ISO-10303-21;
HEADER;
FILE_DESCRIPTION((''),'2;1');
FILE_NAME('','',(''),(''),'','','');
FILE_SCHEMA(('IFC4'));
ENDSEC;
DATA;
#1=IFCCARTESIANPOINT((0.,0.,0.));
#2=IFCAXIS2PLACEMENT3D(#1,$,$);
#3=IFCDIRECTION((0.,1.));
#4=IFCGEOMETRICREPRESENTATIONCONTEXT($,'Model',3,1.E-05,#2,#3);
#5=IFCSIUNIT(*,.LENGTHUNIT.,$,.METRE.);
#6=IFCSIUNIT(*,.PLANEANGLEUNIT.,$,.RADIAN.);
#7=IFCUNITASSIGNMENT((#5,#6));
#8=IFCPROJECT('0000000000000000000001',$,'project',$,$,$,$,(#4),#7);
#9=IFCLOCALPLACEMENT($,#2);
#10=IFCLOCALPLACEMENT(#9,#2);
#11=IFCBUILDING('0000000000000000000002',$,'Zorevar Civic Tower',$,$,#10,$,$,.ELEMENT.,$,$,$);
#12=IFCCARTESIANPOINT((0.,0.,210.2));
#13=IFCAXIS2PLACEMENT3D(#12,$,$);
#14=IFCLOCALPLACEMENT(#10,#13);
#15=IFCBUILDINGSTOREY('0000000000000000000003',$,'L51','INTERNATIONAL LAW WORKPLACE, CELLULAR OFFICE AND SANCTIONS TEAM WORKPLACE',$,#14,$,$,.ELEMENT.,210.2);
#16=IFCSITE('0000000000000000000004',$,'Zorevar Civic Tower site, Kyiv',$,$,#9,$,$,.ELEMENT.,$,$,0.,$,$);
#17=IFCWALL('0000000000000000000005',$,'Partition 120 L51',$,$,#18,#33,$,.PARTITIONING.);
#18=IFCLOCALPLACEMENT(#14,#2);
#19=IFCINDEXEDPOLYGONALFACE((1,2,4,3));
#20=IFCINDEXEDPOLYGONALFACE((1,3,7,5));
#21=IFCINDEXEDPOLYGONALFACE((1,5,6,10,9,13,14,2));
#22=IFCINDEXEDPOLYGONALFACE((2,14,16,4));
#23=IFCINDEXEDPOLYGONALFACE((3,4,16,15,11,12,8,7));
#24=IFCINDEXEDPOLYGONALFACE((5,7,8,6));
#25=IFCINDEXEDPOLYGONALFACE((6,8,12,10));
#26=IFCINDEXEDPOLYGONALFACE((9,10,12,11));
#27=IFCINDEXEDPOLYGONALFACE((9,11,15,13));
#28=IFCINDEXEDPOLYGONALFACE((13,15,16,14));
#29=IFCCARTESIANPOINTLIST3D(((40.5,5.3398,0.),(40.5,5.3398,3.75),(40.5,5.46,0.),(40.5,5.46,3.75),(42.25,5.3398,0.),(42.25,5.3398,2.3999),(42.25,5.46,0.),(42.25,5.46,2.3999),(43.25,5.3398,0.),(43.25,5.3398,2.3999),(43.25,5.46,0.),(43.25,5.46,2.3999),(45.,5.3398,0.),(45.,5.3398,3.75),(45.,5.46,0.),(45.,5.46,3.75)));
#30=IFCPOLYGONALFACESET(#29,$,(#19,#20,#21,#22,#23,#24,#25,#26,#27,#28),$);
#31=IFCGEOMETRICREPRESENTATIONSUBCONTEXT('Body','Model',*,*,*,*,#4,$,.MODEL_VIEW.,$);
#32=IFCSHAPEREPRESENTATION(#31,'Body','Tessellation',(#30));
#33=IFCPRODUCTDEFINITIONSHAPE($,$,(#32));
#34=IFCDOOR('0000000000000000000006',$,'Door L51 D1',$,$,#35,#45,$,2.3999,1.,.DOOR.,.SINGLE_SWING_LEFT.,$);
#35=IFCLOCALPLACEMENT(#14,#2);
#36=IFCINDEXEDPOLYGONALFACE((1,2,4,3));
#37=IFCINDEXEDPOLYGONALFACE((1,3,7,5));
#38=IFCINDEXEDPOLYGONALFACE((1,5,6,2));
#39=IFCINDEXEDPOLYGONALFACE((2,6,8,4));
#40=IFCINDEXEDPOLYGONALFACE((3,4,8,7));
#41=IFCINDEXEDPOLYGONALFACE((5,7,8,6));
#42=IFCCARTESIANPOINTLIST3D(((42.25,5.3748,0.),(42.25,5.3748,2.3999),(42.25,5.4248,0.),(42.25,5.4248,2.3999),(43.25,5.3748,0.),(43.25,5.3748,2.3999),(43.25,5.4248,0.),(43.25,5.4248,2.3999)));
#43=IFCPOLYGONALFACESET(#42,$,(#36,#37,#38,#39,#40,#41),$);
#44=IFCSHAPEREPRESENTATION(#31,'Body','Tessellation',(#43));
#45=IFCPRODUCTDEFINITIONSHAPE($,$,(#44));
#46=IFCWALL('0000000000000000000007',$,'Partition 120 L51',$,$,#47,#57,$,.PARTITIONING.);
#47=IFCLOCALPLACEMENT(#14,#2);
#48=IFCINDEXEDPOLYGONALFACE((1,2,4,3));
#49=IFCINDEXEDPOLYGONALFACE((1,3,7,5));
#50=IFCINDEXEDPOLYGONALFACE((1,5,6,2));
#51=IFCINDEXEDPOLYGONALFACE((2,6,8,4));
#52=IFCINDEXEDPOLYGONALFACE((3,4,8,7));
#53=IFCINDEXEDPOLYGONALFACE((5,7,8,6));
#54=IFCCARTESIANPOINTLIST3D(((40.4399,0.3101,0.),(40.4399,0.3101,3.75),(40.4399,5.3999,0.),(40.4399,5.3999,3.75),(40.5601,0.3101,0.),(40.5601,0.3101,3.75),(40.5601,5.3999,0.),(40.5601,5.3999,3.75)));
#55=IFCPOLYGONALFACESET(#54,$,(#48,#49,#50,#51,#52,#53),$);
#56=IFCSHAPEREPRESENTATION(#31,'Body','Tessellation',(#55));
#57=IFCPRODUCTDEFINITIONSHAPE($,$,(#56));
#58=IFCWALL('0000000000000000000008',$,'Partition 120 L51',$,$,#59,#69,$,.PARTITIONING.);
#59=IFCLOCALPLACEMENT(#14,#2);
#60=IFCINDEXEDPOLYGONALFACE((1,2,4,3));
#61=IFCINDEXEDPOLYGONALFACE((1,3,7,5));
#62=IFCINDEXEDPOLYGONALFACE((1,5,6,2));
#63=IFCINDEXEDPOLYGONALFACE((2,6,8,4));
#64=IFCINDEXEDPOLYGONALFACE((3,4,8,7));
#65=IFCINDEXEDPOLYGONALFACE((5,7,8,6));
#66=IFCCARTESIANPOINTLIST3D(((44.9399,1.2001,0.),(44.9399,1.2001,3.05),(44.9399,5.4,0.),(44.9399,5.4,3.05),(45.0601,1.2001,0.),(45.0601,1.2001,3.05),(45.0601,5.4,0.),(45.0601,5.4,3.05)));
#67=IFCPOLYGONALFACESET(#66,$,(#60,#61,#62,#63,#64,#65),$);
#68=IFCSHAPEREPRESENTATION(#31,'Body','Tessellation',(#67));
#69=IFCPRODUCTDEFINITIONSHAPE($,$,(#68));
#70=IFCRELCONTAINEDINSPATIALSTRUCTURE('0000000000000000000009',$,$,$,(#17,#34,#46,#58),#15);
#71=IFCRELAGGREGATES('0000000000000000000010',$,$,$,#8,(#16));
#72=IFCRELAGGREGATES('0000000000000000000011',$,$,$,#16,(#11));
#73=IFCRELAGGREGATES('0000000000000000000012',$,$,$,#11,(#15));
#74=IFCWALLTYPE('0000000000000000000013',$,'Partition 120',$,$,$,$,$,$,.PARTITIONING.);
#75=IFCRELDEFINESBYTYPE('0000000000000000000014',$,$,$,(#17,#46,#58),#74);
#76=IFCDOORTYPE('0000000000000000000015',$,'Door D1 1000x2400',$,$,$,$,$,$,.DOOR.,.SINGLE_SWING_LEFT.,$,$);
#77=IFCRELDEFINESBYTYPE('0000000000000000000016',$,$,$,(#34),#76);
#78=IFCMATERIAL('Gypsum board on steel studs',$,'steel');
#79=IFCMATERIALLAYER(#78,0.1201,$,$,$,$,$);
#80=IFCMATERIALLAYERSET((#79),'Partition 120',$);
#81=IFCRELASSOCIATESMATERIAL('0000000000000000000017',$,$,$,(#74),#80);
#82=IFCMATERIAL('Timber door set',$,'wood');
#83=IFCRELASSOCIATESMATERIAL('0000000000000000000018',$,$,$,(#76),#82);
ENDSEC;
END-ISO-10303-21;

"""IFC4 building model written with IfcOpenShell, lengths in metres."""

from ifc_helpers import new_model, si_unit, direction, frame, frame_2d, origin, place, context, subcontext, project, spatial, rectangle, extrude, material, layer, layer_set, type_object, element, fill, save


model = new_model("IFC4")

# Units and contexts
model_context = context("Model", 3, precision=1e-05, world=origin(), true_north=direction((0.0, 1.0)))
body_context = subcontext(model_context, "Body", "Model", "MODEL_VIEW")
ifc_project = project(units=[si_unit("LENGTHUNIT", "METRE"), si_unit("PLANEANGLEUNIT", "RADIAN")], contexts=[model_context])

# Site, building, storey
site_placement = place(None, origin())
site = spatial("IfcSite", under=ifc_project, at=site_placement, Name="Zorevar Civic Tower site, Kyiv", CompositionType="ELEMENT", RefElevation=0.0)
building_placement = place(site_placement, origin())
building = spatial("IfcBuilding", under=site, at=building_placement, Name="Zorevar Civic Tower", CompositionType="ELEMENT")
storey_placement = place(building_placement, frame((0.0, 0.0, 210.2)))
storey = spatial("IfcBuildingStorey", under=building, at=storey_placement, Name="L51", Description="INTERNATIONAL LAW WORKPLACE, CELLULAR OFFICE AND SANCTIONS TEAM WORKPLACE", CompositionType="ELEMENT", Elevation=210.2)

# Wall, opening, door
ifc_material_1 = material(Name="Gypsum board on steel studs", Category="steel")
ifc_layer_1 = layer(ifc_material_1, 0.1201)
ifc_layer_set_1 = layer_set([ifc_layer_1], Name="Partition 120")
wall_type_1 = type_object("IfcWallType", Name="Partition 120", PredefinedType="PARTITIONING", material=ifc_layer_set_1)
wall_1_placement = place(storey_placement, frame((40.5, 5.3999, 0.0), z_axis=(0.0, 0.0, 1.0), x_axis=(1.0, 0.0, 0.0)))
wall_1 = element("IfcWall", 1, at=wall_1_placement, inside=storey, type_object=wall_type_1, Name="Partition 120 L51", PredefinedType="PARTITIONING", context=body_context, shape_type="SweptSolid", body=[
    extrude(rectangle(XDim=4.5, YDim=0.1201, at=frame_2d((2.25, 0.0))), origin(), (0.0, 0.0, 1.0), 3.75),
])
opening_1_placement = place(wall_1_placement, frame((1.75, 0.0, 0.0)))
opening_1 = element("IfcOpeningElement", 2, at=opening_1_placement, cuts=wall_1, PredefinedType="OPENING", context=body_context, shape_type="SweptSolid", body=[
    extrude(rectangle(XDim=1.0, YDim=2.3999, at=frame_2d((0.5, 1.2))), frame((0.0, 0.0701, 0.0), z_axis=(0.0, -1.0, 0.0), x_axis=(1.0, 0.0, 0.0)), (0.0, 0.0, 1.0), 0.1401),
])
ifc_material_2 = material(Name="Timber door set", Category="wood")
door_type_1 = type_object("IfcDoorType", Name="Door D1 1000x2400", OperationType="SINGLE_SWING_LEFT", PredefinedType="DOOR", material=ifc_material_2)
door_1_placement = place(opening_1_placement, origin())
door_1 = element("IfcDoor", 3, at=door_1_placement, inside=storey, type_object=door_type_1, Name="Door L51 D1", OperationType="SINGLE_SWING_LEFT", OverallHeight=2.3999, OverallWidth=1.0, PredefinedType="DOOR", context=body_context, shape_type="SweptSolid", body=[
    extrude(rectangle(XDim=1.0, YDim=2.3999, at=frame_2d((0.5, 1.2))), frame((0.0, 0.0249, 0.0), z_axis=(0.0, -1.0, 0.0), x_axis=(1.0, 0.0, 0.0)), (0.0, 0.0, 1.0), 0.05),
])
fill(opening_1, door_1)

# Walls
wall_2_placement = place(storey_placement, frame((40.5, 0.3101, 0.0), z_axis=(0.0, 0.0, 1.0), x_axis=(0.0, 1.0, 0.0)))
element("IfcWall", 4, at=wall_2_placement, inside=storey, type_object=wall_type_1, Name="Partition 120 L51", PredefinedType="PARTITIONING", context=body_context, shape_type="SweptSolid", body=[
    extrude(rectangle(XDim=5.0898, YDim=0.1201, at=frame_2d((2.5449, 0.0))), origin(), (0.0, 0.0, 1.0), 3.75),
])
wall_3_placement = place(storey_placement, frame((45.0, 1.2, 0.0), z_axis=(0.0, 0.0, 1.0), x_axis=(0.0, 1.0, 0.0)))
element("IfcWall", 5, at=wall_3_placement, inside=storey, type_object=wall_type_1, Name="Partition 120 L51", PredefinedType="PARTITIONING", context=body_context, shape_type="SweptSolid", body=[
    extrude(rectangle(XDim=4.2, YDim=0.1201, at=frame_2d((2.1001, 0.0))), origin(), (0.0, 0.0, 1.0), 3.05),
])

save(model, "model.ifc")
